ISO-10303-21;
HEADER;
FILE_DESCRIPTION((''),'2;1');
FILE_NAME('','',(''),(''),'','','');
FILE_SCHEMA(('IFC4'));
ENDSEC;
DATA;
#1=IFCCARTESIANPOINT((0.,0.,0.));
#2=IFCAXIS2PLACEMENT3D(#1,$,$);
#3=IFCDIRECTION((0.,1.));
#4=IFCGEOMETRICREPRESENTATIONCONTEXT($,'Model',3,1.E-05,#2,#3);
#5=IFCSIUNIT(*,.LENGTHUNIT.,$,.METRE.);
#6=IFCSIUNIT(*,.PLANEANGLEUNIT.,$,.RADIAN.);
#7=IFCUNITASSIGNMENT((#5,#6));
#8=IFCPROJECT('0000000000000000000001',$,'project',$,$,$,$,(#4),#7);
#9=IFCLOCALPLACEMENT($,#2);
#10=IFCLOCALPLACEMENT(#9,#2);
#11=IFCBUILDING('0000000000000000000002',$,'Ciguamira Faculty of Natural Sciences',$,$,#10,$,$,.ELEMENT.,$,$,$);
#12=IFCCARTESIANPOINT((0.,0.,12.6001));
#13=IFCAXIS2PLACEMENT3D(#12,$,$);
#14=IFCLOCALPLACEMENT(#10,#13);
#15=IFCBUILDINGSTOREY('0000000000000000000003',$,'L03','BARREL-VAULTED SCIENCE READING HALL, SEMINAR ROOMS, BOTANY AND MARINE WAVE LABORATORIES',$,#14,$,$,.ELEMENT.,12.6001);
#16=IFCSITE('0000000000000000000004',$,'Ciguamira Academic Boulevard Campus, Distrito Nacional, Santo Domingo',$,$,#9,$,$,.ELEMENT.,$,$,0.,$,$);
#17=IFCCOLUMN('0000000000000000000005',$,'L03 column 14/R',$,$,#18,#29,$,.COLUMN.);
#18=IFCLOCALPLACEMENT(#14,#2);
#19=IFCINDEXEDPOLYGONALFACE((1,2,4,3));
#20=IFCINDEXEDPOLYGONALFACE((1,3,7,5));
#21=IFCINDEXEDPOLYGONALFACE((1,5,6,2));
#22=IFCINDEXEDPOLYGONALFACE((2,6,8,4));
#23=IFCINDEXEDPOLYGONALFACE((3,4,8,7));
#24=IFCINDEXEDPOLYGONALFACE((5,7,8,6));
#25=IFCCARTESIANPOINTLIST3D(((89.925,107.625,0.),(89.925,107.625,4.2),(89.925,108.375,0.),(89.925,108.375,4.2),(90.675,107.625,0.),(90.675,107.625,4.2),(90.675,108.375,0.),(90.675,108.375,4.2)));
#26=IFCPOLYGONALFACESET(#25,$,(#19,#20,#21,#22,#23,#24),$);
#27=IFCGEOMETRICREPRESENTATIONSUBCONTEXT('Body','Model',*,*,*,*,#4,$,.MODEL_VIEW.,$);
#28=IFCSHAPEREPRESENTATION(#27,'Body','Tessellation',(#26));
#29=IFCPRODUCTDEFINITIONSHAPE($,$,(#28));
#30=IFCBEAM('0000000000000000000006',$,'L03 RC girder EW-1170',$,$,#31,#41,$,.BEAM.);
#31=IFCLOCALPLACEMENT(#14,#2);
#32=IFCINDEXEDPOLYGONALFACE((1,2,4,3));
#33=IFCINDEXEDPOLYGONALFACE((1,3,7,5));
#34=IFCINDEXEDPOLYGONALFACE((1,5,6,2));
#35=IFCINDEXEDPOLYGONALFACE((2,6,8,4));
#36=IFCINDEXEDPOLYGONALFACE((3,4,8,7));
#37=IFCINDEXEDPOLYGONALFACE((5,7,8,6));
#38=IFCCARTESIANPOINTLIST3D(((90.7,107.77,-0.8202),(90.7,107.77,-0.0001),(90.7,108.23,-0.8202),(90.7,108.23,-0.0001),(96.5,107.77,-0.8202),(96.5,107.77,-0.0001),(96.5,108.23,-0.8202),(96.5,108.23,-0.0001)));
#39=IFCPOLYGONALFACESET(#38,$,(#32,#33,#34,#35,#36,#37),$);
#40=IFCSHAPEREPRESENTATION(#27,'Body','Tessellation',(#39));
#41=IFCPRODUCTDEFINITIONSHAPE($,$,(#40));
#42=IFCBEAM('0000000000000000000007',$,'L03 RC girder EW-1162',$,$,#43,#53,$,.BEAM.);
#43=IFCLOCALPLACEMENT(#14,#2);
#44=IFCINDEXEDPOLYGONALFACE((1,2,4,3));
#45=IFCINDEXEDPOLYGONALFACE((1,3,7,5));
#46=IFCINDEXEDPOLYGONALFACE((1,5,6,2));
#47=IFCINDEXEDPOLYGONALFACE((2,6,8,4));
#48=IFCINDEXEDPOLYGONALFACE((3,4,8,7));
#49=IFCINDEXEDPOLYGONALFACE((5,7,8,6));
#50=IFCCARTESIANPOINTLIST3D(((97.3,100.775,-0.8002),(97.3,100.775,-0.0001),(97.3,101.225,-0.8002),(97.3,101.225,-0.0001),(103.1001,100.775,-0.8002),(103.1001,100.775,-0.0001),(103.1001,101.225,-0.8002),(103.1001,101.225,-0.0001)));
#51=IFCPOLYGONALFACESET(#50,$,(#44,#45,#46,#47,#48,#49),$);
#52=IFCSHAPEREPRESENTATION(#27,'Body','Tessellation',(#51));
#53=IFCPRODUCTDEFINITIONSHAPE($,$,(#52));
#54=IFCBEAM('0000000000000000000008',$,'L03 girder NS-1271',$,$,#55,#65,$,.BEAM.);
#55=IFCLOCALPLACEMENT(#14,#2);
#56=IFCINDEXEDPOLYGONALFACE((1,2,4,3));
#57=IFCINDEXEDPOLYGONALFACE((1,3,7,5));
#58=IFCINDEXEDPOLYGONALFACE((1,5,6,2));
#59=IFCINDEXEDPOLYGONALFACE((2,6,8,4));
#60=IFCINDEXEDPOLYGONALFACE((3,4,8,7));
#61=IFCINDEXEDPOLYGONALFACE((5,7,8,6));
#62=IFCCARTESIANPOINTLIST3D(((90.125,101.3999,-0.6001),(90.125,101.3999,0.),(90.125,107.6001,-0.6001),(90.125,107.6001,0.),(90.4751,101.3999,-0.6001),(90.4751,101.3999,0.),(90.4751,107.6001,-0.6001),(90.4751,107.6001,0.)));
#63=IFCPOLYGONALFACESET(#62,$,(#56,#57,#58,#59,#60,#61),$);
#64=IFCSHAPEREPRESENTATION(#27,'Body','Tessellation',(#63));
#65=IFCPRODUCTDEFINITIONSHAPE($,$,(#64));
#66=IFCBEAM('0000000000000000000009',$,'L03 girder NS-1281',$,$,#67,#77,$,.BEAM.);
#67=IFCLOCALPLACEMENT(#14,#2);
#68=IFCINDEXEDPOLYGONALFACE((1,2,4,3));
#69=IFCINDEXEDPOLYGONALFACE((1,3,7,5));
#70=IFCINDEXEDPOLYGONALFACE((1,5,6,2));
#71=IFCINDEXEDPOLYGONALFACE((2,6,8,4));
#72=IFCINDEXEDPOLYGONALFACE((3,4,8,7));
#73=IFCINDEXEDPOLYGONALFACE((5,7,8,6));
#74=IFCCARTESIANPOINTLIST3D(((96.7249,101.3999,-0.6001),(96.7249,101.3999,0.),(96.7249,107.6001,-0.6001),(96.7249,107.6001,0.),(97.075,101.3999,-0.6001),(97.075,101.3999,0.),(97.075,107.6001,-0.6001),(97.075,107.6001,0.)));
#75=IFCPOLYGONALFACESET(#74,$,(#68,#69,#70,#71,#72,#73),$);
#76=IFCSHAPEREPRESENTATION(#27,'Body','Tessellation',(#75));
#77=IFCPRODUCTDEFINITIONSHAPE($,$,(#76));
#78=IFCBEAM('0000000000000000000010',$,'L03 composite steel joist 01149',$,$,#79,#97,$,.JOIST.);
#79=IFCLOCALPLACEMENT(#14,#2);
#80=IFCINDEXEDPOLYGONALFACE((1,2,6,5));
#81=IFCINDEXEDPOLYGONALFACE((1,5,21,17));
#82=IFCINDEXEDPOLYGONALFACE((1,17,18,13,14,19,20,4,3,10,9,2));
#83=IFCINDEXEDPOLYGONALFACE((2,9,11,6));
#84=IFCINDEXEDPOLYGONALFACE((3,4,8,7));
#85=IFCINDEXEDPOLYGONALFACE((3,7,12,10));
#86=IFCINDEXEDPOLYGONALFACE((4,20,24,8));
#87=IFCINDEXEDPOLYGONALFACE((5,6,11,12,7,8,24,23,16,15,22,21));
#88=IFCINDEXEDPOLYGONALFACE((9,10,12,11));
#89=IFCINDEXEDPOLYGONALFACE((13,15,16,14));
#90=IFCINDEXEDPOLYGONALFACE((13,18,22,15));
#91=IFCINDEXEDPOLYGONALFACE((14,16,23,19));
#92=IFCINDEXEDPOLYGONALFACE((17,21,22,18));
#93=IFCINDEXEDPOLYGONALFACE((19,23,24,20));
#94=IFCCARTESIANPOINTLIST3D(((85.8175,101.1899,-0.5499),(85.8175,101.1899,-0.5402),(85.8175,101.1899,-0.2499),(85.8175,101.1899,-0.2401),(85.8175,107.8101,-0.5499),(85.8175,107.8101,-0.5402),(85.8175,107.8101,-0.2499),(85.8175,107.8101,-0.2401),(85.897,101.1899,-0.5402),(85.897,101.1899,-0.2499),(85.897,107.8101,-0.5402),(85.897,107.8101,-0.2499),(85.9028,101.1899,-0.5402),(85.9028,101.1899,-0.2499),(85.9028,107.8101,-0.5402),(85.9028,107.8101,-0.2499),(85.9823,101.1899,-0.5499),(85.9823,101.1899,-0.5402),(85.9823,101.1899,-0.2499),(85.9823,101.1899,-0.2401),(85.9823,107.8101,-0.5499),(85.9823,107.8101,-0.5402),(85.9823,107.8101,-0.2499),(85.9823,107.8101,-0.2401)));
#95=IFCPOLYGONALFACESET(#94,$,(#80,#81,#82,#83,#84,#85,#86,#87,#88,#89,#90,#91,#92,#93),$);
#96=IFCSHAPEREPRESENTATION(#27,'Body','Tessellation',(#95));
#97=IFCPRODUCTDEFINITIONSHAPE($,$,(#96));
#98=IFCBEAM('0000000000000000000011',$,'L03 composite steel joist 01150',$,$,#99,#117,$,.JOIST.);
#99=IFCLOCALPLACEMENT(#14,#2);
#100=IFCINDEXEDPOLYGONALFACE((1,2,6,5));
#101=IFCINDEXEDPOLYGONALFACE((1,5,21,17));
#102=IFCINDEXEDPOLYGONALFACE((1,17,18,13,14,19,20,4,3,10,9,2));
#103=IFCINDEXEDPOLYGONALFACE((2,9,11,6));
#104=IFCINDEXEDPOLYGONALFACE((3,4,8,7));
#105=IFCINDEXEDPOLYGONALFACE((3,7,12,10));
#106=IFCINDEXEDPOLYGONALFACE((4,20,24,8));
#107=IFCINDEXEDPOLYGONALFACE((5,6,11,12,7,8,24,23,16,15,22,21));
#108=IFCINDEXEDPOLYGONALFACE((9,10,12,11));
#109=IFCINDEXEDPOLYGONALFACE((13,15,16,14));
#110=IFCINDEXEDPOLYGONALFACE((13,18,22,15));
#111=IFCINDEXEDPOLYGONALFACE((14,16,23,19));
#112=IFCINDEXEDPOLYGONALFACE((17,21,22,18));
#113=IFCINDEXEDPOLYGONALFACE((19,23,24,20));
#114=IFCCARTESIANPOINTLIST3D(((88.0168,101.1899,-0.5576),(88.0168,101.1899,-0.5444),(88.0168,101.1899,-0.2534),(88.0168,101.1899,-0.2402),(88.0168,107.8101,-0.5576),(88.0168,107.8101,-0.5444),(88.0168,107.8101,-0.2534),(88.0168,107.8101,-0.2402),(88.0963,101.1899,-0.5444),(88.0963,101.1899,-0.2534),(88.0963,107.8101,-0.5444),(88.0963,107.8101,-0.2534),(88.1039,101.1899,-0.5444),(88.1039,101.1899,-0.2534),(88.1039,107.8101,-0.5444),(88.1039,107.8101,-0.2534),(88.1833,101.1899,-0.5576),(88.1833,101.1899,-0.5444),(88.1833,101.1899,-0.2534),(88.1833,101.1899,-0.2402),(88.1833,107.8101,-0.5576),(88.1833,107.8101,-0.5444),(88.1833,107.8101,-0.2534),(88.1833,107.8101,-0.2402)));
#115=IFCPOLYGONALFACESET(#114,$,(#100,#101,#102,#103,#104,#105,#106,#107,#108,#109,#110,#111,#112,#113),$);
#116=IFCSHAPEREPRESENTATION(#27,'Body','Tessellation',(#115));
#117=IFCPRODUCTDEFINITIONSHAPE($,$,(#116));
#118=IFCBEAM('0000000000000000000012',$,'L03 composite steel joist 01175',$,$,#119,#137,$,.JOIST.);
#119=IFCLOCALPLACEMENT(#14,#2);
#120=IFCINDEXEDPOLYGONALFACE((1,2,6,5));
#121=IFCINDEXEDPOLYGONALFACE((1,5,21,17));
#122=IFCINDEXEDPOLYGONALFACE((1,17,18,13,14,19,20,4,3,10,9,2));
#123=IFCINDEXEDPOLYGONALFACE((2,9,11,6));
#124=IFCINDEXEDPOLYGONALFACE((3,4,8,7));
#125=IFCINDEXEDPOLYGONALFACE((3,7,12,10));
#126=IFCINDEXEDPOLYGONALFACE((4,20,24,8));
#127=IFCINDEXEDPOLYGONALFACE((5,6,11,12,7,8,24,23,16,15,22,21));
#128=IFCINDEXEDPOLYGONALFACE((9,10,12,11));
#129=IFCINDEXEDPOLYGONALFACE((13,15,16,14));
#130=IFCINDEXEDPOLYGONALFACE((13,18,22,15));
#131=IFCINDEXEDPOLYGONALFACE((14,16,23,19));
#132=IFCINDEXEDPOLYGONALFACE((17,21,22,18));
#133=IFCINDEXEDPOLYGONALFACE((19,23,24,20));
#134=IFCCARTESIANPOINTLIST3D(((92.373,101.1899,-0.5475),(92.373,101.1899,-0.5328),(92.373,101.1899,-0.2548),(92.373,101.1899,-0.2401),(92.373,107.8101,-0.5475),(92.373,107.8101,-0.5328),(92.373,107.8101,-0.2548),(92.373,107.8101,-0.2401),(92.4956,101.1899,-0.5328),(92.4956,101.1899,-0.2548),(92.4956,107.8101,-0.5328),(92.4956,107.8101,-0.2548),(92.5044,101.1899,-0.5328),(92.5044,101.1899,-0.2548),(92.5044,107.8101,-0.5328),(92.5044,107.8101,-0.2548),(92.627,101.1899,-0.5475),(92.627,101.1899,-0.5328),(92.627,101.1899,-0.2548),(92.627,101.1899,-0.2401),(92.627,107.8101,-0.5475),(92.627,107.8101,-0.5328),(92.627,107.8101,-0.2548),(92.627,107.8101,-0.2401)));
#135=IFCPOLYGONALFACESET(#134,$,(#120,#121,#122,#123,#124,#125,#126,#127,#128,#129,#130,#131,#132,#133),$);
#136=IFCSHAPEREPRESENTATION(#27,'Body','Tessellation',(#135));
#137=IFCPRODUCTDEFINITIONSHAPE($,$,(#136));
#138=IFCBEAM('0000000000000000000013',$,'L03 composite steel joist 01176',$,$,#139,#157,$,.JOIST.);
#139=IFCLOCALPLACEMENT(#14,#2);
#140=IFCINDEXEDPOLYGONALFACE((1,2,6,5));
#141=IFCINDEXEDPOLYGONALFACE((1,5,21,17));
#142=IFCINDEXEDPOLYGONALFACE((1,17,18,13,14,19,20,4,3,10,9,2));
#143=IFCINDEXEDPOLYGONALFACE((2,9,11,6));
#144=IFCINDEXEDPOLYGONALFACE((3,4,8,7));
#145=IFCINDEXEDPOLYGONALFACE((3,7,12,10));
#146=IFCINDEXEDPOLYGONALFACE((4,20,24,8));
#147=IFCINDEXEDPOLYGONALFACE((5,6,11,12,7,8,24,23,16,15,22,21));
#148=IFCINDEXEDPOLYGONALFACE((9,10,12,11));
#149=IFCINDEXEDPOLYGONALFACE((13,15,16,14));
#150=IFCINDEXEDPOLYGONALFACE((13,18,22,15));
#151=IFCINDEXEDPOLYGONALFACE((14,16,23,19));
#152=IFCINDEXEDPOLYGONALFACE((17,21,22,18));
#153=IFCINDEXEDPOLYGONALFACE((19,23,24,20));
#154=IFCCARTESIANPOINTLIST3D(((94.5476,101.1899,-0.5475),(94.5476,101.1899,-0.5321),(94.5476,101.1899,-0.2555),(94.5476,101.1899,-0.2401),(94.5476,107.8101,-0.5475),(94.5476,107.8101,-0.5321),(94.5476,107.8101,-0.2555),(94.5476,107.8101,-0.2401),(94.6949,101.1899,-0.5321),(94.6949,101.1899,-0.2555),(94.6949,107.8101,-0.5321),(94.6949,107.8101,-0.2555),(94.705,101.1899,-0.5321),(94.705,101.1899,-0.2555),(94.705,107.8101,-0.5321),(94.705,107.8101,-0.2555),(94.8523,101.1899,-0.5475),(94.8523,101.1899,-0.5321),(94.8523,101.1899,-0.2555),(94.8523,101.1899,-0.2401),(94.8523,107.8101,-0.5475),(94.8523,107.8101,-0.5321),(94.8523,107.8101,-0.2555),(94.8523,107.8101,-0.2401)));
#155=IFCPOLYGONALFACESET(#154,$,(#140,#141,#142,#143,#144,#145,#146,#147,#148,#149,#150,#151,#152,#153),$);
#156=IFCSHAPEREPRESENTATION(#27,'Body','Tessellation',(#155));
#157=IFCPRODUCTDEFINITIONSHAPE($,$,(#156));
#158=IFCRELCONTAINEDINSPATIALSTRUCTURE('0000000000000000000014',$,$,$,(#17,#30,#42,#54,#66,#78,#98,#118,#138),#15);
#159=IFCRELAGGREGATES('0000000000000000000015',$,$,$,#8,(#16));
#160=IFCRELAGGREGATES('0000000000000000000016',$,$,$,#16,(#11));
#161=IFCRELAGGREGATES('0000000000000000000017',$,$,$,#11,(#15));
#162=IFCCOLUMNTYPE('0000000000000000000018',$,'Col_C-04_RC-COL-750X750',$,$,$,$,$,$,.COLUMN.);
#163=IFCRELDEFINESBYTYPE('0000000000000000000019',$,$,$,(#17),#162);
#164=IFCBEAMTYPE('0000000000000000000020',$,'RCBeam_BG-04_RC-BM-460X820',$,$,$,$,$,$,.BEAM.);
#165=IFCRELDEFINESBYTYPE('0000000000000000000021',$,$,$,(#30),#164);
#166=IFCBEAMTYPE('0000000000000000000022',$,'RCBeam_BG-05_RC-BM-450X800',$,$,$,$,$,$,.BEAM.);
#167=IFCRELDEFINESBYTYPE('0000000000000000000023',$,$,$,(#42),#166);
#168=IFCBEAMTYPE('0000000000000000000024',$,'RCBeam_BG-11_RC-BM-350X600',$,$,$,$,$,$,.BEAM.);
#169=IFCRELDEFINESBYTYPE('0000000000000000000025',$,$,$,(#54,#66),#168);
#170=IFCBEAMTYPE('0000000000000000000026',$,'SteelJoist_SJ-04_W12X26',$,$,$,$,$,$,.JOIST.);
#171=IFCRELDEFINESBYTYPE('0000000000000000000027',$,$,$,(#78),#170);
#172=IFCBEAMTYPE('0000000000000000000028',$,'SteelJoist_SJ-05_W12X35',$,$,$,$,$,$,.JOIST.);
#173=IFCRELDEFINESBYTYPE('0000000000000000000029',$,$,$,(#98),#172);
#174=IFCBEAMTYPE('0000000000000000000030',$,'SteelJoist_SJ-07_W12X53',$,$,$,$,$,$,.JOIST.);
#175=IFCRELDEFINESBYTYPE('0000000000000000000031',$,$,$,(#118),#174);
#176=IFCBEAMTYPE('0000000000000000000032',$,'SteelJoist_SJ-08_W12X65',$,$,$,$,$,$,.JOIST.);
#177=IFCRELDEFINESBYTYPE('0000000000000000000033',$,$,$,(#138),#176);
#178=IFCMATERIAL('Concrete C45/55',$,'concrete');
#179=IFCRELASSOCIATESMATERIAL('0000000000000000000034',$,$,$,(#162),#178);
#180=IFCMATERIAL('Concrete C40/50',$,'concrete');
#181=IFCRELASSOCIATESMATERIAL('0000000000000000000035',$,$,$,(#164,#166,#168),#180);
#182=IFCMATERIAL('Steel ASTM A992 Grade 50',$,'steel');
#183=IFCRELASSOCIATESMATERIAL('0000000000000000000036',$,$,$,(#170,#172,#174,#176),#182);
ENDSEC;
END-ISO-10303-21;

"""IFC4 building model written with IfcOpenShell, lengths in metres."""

from ifc_helpers import new_model, si_unit, direction, frame, origin, origin_2d, place, context, subcontext, project, spatial, rectangle, i_section, extrude, material, material_profile, profile_set, type_object, element, save


model = new_model("IFC4")

# Units and contexts
model_context = context("Model", 3, precision=1e-05, world=origin(), true_north=direction((0.0, 1.0)))
body_context = subcontext(model_context, "Body", "Model", "MODEL_VIEW")
ifc_project = project(units=[si_unit("LENGTHUNIT", "METRE"), si_unit("PLANEANGLEUNIT", "RADIAN")], contexts=[model_context])

# Site, building, storey
site_placement = place(None, origin())
site = spatial("IfcSite", under=ifc_project, at=site_placement, Name="Ciguamira Academic Boulevard Campus, Distrito Nacional, Santo Domingo", CompositionType="ELEMENT", RefElevation=0.0)
building_placement = place(site_placement, origin())
building = spatial("IfcBuilding", under=site, at=building_placement, Name="Ciguamira Faculty of Natural Sciences", CompositionType="ELEMENT")
storey_placement = place(building_placement, frame((0.0, 0.0, 12.6001)))
storey = spatial("IfcBuildingStorey", under=building, at=storey_placement, Name="L03", Description="BARREL-VAULTED SCIENCE READING HALL, SEMINAR ROOMS, BOTANY AND MARINE WAVE LABORATORIES", CompositionType="ELEMENT", Elevation=12.6001)

# Column
ifc_material_1 = material(Name="Concrete C45/55", Category="concrete")
ifc_material_profile_1 = material_profile(ifc_material_1, rectangle(XDim=0.75, YDim=0.75, at=origin_2d()), Name="RC-COL-750X750")
ifc_profile_set_1 = profile_set([ifc_material_profile_1], Name="Concrete C45/55")
column_type = type_object("IfcColumnType", Name="Col_C-04_RC-COL-750X750", PredefinedType="COLUMN", material=ifc_profile_set_1)
column_placement = place(storey_placement, frame((90.3, 108.0, 0.0), z_axis=(0.0, 0.0, 1.0), x_axis=(1.0, 0.0, 0.0)))
element("IfcColumn", 1, at=column_placement, inside=storey, type_object=column_type, Name="L03 column 14/R", PredefinedType="COLUMN", context=body_context, shape_type="SweptSolid", body=[
    extrude(rectangle(XDim=0.75, YDim=0.75, at=origin_2d()), origin(), (0.0, 0.0, 1.0), 4.2),
])

# Beams
ifc_material_2 = material(Name="Concrete C40/50", Category="concrete")
ifc_material_profile_2 = material_profile(ifc_material_2, rectangle(XDim=0.46, YDim=0.8201, at=origin_2d()), Name="RC-BM-460X820")
ifc_profile_set_2 = profile_set([ifc_material_profile_2], Name="Concrete C40/50")
beam_type_1 = type_object("IfcBeamType", Name="RCBeam_BG-04_RC-BM-460X820", PredefinedType="BEAM", material=ifc_profile_set_2)
beam_1_placement = place(storey_placement, frame((90.7, 108.0, -0.4102), z_axis=(1.0, 0.0, 0.0), x_axis=(0.0, 1.0, 0.0)))
element("IfcBeam", 2, at=beam_1_placement, inside=storey, type_object=beam_type_1, Name="L03 RC girder EW-1170", PredefinedType="BEAM", context=body_context, shape_type="SweptSolid", body=[
    extrude(rectangle(XDim=0.46, YDim=0.8201, at=origin_2d()), origin(), (0.0, 0.0, 1.0), 5.8),
])
ifc_material_profile_3 = material_profile(ifc_material_2, rectangle(XDim=0.45, YDim=0.8, at=origin_2d()), Name="RC-BM-450X800")
ifc_profile_set_3 = profile_set([ifc_material_profile_3], Name="Concrete C40/50")
beam_type_2 = type_object("IfcBeamType", Name="RCBeam_BG-05_RC-BM-450X800", PredefinedType="BEAM", material=ifc_profile_set_3)
beam_2_placement = place(storey_placement, frame((97.3, 101.0, -0.4001), z_axis=(1.0, 0.0, 0.0), x_axis=(0.0, 1.0, 0.0)))
element("IfcBeam", 3, at=beam_2_placement, inside=storey, type_object=beam_type_2, Name="L03 RC girder EW-1162", PredefinedType="BEAM", context=body_context, shape_type="SweptSolid", body=[
    extrude(rectangle(XDim=0.45, YDim=0.8, at=origin_2d()), origin(), (0.0, 0.0, 1.0), 5.8),
])
ifc_material_profile_4 = material_profile(ifc_material_2, rectangle(XDim=0.3501, YDim=0.6001, at=origin_2d()), Name="RC-BM-350X600")
ifc_profile_set_4 = profile_set([ifc_material_profile_4], Name="Concrete C40/50")
beam_type_3 = type_object("IfcBeamType", Name="RCBeam_BG-11_RC-BM-350X600", PredefinedType="BEAM", material=ifc_profile_set_4)
for number, where, z_axis, x_axis, name in (
    (4, (90.3, 101.3999, -0.3), (0.0, 1.0, 0.0), (-1.0, 0.0, 0.0), "L03 girder NS-1271"),
    (5, (96.8999, 101.3999, -0.3), (0.0, 1.0, 0.0), (-1.0, 0.0, 0.0), "L03 girder NS-1281"),
):
    element("IfcBeam", number, at=place(storey_placement, frame(where, z_axis=z_axis, x_axis=x_axis)), inside=storey, type_object=beam_type_3, Name=name, PredefinedType="BEAM", context=body_context, shape_type="SweptSolid", body=[
        extrude(rectangle(XDim=0.3501, YDim=0.6001, at=origin_2d()), origin(), (0.0, 0.0, 1.0), 6.2002),
    ])
ifc_material_3 = material(Name="Steel ASTM A992 Grade 50", Category="steel")
ifc_material_profile_5 = material_profile(ifc_material_3, i_section(OverallWidth=0.1648, OverallDepth=0.3098, WebThickness=0.0059, FlangeThickness=0.0098, at=origin_2d()), Name="W12X26")
ifc_profile_set_5 = profile_set([ifc_material_profile_5], Name="Steel ASTM A992 Grade 50")
beam_type_4 = type_object("IfcBeamType", Name="SteelJoist_SJ-04_W12X26", PredefinedType="JOIST", material=ifc_profile_set_5)
beam_3_placement = place(storey_placement, frame((85.8999, 101.1899, -0.395), z_axis=(0.0, 1.0, 0.0), x_axis=(-1.0, 0.0, 0.0)))
element("IfcBeam", 6, at=beam_3_placement, inside=storey, type_object=beam_type_4, Name="L03 composite steel joist 01149", PredefinedType="JOIST", context=body_context, shape_type="SweptSolid", body=[
    extrude(i_section(OverallWidth=0.1648, OverallDepth=0.3098, WebThickness=0.0059, FlangeThickness=0.0098, at=origin_2d()), origin(), (0.0, 0.0, 1.0), 6.6201),
])
ifc_material_profile_6 = material_profile(ifc_material_3, i_section(OverallWidth=0.1665, OverallDepth=0.3174, WebThickness=0.0076, FlangeThickness=0.0132, at=origin_2d()), Name="W12X35")
ifc_profile_set_6 = profile_set([ifc_material_profile_6], Name="Steel ASTM A992 Grade 50")
beam_type_5 = type_object("IfcBeamType", Name="SteelJoist_SJ-05_W12X35", PredefinedType="JOIST", material=ifc_profile_set_6)
beam_4_placement = place(storey_placement, frame((88.1001, 101.1899, -0.3989), z_axis=(0.0, 1.0, 0.0), x_axis=(-1.0, 0.0, 0.0)))
element("IfcBeam", 7, at=beam_4_placement, inside=storey, type_object=beam_type_5, Name="L03 composite steel joist 01150", PredefinedType="JOIST", context=body_context, shape_type="SweptSolid", body=[
    extrude(i_section(OverallWidth=0.1665, OverallDepth=0.3174, WebThickness=0.0076, FlangeThickness=0.0132, at=origin_2d()), origin(), (0.0, 0.0, 1.0), 6.6201),
])
ifc_material_profile_7 = material_profile(ifc_material_3, i_section(OverallWidth=0.2539, OverallDepth=0.3074, WebThickness=0.0088, FlangeThickness=0.0146, at=origin_2d()), Name="W12X53")
ifc_profile_set_7 = profile_set([ifc_material_profile_7], Name="Steel ASTM A992 Grade 50")
beam_type_6 = type_object("IfcBeamType", Name="SteelJoist_SJ-07_W12X53", PredefinedType="JOIST", material=ifc_profile_set_7)
beam_5_placement = place(storey_placement, frame((92.5, 101.1899, -0.3938), z_axis=(0.0, 1.0, 0.0), x_axis=(-1.0, 0.0, 0.0)))
element("IfcBeam", 8, at=beam_5_placement, inside=storey, type_object=beam_type_6, Name="L03 composite steel joist 01175", PredefinedType="JOIST", context=body_context, shape_type="SweptSolid", body=[
    extrude(i_section(OverallWidth=0.2539, OverallDepth=0.3074, WebThickness=0.0088, FlangeThickness=0.0146, at=origin_2d()), origin(), (0.0, 0.0, 1.0), 6.6201),
])
ifc_material_profile_8 = material_profile(ifc_material_3, i_section(OverallWidth=0.3047, OverallDepth=0.3074, WebThickness=0.01, FlangeThickness=0.0154, at=origin_2d()), Name="W12X65")
ifc_profile_set_8 = profile_set([ifc_material_profile_8], Name="Steel ASTM A992 Grade 50")
beam_type_7 = type_object("IfcBeamType", Name="SteelJoist_SJ-08_W12X65", PredefinedType="JOIST", material=ifc_profile_set_8)
beam_6_placement = place(storey_placement, frame((94.7, 101.1899, -0.3938), z_axis=(0.0, 1.0, 0.0), x_axis=(-1.0, 0.0, 0.0)))
element("IfcBeam", 9, at=beam_6_placement, inside=storey, type_object=beam_type_7, Name="L03 composite steel joist 01176", PredefinedType="JOIST", context=body_context, shape_type="SweptSolid", body=[
    extrude(i_section(OverallWidth=0.3047, OverallDepth=0.3074, WebThickness=0.01, FlangeThickness=0.0154, at=origin_2d()), origin(), (0.0, 0.0, 1.0), 6.6201),
])

save(model, "model.ifc")
